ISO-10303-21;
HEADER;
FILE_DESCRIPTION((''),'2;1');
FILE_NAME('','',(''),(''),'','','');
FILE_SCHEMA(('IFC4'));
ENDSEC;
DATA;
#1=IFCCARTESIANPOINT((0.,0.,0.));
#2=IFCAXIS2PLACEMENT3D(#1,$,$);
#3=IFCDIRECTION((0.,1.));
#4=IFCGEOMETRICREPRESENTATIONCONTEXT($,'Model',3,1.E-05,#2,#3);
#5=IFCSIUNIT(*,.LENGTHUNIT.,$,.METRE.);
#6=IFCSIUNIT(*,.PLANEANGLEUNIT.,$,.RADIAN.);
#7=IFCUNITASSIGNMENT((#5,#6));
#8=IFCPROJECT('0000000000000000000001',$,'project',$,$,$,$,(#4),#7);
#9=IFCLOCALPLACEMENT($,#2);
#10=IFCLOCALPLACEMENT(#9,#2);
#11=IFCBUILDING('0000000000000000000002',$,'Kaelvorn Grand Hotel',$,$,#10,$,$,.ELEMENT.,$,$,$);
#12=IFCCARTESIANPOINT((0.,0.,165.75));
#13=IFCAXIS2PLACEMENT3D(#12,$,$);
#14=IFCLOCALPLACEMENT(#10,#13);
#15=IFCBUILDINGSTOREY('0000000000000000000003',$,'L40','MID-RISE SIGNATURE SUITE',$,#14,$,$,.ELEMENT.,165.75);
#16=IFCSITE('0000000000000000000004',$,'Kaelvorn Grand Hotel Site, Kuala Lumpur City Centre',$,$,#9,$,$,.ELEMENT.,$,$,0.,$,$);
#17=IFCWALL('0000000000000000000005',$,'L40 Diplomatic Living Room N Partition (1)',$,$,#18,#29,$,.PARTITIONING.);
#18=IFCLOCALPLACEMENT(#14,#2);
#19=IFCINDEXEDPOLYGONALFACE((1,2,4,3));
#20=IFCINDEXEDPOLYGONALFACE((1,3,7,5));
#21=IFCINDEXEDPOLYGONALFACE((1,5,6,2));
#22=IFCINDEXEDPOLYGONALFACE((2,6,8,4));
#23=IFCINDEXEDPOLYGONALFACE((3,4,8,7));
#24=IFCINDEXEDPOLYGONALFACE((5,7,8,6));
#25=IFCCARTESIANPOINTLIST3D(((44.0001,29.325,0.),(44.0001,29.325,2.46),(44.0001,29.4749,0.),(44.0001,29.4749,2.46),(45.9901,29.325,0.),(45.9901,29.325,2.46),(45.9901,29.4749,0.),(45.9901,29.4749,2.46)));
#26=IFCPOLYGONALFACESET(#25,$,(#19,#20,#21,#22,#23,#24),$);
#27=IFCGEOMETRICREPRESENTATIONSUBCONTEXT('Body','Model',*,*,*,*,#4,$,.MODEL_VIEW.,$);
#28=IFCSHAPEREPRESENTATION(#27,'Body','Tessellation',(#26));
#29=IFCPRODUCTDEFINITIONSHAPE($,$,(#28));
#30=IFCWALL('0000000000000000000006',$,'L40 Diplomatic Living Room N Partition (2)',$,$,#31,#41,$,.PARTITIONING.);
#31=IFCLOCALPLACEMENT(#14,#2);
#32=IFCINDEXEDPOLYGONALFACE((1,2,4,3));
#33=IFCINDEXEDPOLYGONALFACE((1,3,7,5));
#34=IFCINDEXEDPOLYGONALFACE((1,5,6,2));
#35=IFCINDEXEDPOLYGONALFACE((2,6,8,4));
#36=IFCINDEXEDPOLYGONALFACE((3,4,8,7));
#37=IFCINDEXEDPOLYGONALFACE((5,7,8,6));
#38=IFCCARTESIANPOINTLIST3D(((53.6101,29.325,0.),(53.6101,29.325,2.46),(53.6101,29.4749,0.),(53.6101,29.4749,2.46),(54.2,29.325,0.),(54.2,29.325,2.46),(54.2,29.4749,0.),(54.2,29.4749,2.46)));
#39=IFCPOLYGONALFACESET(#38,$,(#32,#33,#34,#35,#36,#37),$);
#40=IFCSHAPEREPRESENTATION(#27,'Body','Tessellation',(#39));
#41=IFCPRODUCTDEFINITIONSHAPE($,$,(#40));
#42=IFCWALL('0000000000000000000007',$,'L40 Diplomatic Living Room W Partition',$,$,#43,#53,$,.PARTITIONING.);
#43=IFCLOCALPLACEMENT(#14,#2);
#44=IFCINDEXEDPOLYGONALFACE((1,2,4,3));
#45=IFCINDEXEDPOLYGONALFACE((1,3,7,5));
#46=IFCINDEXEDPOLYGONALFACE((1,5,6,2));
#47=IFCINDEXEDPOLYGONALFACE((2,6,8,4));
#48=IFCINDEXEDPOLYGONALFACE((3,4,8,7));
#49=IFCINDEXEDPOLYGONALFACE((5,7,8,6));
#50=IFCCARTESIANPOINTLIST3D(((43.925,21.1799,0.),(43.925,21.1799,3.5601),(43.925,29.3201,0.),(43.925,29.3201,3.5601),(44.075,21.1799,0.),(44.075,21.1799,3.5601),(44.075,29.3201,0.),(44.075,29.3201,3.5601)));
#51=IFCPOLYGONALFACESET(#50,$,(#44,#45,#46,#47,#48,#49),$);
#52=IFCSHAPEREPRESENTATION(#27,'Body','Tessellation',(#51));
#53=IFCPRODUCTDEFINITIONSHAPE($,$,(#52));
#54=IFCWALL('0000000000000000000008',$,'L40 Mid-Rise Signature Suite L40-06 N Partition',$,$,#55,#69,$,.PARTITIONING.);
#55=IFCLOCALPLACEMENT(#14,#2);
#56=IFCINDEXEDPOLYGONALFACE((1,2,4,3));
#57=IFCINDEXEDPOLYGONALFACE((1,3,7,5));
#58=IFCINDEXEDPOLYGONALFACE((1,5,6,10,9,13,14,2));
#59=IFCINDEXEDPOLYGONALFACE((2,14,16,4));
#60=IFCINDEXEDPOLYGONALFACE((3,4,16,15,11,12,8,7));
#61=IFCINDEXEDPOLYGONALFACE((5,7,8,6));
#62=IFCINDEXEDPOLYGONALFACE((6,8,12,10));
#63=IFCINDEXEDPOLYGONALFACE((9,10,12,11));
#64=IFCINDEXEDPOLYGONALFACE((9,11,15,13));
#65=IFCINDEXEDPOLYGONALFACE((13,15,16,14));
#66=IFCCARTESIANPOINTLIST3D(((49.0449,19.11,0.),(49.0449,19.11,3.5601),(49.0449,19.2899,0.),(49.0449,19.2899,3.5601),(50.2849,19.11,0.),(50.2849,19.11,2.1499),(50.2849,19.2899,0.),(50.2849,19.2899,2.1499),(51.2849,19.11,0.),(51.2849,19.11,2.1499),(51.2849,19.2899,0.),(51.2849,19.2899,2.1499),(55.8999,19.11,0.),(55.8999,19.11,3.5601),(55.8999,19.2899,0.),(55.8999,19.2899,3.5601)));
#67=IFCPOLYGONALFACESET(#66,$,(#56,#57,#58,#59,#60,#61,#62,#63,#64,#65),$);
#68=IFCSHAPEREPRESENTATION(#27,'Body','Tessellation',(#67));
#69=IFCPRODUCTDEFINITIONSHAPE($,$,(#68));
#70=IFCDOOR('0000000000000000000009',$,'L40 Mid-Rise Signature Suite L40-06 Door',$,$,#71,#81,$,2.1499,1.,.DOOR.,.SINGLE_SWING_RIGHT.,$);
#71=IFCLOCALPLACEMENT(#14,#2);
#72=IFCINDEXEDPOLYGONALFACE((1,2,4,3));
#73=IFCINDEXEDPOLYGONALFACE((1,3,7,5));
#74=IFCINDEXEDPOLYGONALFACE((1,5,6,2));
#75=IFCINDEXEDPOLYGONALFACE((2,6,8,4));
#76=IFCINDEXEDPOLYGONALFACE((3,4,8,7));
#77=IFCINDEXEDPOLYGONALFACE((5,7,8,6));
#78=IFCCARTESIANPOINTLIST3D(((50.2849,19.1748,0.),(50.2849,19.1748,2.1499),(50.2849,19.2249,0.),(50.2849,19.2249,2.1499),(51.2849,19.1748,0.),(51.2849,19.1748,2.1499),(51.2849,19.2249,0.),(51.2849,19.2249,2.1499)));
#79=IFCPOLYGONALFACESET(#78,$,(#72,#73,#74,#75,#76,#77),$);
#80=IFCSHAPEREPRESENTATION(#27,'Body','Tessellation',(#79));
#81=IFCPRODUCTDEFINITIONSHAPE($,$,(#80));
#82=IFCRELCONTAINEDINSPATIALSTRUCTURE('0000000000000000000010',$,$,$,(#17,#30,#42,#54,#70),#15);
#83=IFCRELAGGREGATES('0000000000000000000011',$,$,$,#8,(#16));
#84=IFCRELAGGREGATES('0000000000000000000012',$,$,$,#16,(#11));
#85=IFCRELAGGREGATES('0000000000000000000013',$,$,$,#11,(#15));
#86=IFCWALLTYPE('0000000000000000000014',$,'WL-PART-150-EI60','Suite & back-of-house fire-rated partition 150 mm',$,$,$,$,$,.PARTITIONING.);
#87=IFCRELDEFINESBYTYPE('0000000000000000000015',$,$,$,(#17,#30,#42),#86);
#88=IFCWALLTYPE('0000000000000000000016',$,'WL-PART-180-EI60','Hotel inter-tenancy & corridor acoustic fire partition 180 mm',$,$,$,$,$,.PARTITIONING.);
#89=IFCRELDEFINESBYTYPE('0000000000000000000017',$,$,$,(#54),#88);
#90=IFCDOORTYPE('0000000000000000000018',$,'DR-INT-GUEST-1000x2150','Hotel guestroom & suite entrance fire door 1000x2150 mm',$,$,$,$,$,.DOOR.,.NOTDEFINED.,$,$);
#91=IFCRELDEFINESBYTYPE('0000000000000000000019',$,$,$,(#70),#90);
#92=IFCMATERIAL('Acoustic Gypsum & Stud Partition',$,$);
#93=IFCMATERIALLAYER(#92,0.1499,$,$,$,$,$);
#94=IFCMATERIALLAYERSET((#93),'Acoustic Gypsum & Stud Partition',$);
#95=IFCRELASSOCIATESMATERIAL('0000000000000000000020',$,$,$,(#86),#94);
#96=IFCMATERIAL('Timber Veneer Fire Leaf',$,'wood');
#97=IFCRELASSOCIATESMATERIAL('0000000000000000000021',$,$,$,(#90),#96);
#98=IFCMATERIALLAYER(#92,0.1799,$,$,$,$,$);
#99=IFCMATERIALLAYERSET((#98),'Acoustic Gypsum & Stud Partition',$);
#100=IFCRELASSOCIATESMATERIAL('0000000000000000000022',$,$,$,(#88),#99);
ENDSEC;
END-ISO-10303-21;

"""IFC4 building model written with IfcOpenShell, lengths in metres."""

from ifc_helpers import new_model, si_unit, direction, frame, frame_2d, origin, place, context, subcontext, project, spatial, rectangle, extrude, material, layer, layer_set, type_object, element, fill, save


model = new_model("IFC4")

# Units and contexts
model_context = context("Model", 3, precision=1e-05, world=origin(), true_north=direction((0.0, 1.0)))
body_context = subcontext(model_context, "Body", "Model", "MODEL_VIEW")
ifc_project = project(units=[si_unit("LENGTHUNIT", "METRE"), si_unit("PLANEANGLEUNIT", "RADIAN")], contexts=[model_context])

# Site, building, storey
site_placement = place(None, origin())
site = spatial("IfcSite", under=ifc_project, at=site_placement, Name="Kaelvorn Grand Hotel Site, Kuala Lumpur City Centre", CompositionType="ELEMENT", RefElevation=0.0)
building_placement = place(site_placement, origin())
building = spatial("IfcBuilding", under=site, at=building_placement, Name="Kaelvorn Grand Hotel", CompositionType="ELEMENT")
storey_placement = place(building_placement, frame((0.0, 0.0, 165.75)))
storey = spatial("IfcBuildingStorey", under=building, at=storey_placement, Name="L40", Description="MID-RISE SIGNATURE SUITE", CompositionType="ELEMENT", Elevation=165.75)

# Shared definitions
ifc_material_1 = material(Name="Acoustic Gypsum & Stud Partition")
ifc_layer_1 = layer(ifc_material_1, 0.1499)
ifc_layer_set_1 = layer_set([ifc_layer_1], Name="Acoustic Gypsum & Stud Partition")
wall_type_1 = type_object("IfcWallType", Name="WL-PART-150-EI60", Description="Suite & back-of-house fire-rated partition 150 mm", PredefinedType="PARTITIONING", material=ifc_layer_set_1)
ifc_material_2 = material(Name="Timber Veneer Fire Leaf", Category="wood")
door_type_1 = type_object("IfcDoorType", Name="DR-INT-GUEST-1000x2150", Description="Hotel guestroom & suite entrance fire door 1000x2150 mm", OperationType="NOTDEFINED", PredefinedType="DOOR", material=ifc_material_2)

# Walls
wall_1_placement = place(storey_placement, frame((44.0, 29.3999, 0.0), z_axis=(0.0, 0.0, 1.0), x_axis=(1.0, 0.0, 0.0)))
element("IfcWall", 1, at=wall_1_placement, inside=storey, type_object=wall_type_1, Name="L40 Diplomatic Living Room N Partition (1)", PredefinedType="PARTITIONING", context=body_context, shape_type="SweptSolid", body=[
    extrude(rectangle(XDim=1.99, YDim=0.1499, at=frame_2d((0.9951, 0.0))), origin(), (0.0, 0.0, 1.0), 2.46),
])
wall_2_placement = place(storey_placement, frame((53.6101, 29.3999, 0.0), z_axis=(0.0, 0.0, 1.0), x_axis=(1.0, 0.0, 0.0)))
element("IfcWall", 2, at=wall_2_placement, inside=storey, type_object=wall_type_1, Name="L40 Diplomatic Living Room N Partition (2)", PredefinedType="PARTITIONING", context=body_context, shape_type="SweptSolid", body=[
    extrude(rectangle(XDim=0.5898, YDim=0.1499, at=frame_2d((0.2949, 0.0))), origin(), (0.0, 0.0, 1.0), 2.46),
])
wall_3_placement = place(storey_placement, frame((44.0, 21.1799, 0.0), z_axis=(0.0, 0.0, 1.0), x_axis=(0.0, 1.0, 0.0)))
element("IfcWall", 3, at=wall_3_placement, inside=storey, type_object=wall_type_1, Name="L40 Diplomatic Living Room W Partition", PredefinedType="PARTITIONING", context=body_context, shape_type="SweptSolid", body=[
    extrude(rectangle(XDim=8.1401, YDim=0.1499, at=frame_2d((4.0701, 0.0))), origin(), (0.0, 0.0, 1.0), 3.5601),
])

# Wall, opening, door
ifc_layer_2 = layer(ifc_material_1, 0.1799)
ifc_layer_set_2 = layer_set([ifc_layer_2], Name="Acoustic Gypsum & Stud Partition")
wall_type_2 = type_object("IfcWallType", Name="WL-PART-180-EI60", Description="Hotel inter-tenancy & corridor acoustic fire partition 180 mm", PredefinedType="PARTITIONING", material=ifc_layer_set_2)
wall_4_placement = place(storey_placement, frame((49.0449, 19.2, 0.0), z_axis=(0.0, 0.0, 1.0), x_axis=(1.0, 0.0, 0.0)))
wall_4 = element("IfcWall", 4, at=wall_4_placement, inside=storey, type_object=wall_type_2, Name="L40 Mid-Rise Signature Suite L40-06 N Partition", PredefinedType="PARTITIONING", context=body_context, shape_type="SweptSolid", body=[
    extrude(rectangle(XDim=6.855, YDim=0.1799, at=frame_2d((3.4275, 0.0))), origin(), (0.0, 0.0, 1.0), 3.5601),
])
opening_1_placement = place(wall_4_placement, frame((1.24, 0.0, 0.0)))
opening_1 = element("IfcOpeningElement", 5, at=opening_1_placement, cuts=wall_4, PredefinedType="OPENING", context=body_context, shape_type="SweptSolid", body=[
    extrude(rectangle(XDim=1.0, YDim=2.1499, at=frame_2d((0.5, 1.075))), frame((0.0, 0.1001, 0.0), z_axis=(0.0, -1.0, 0.0), x_axis=(1.0, 0.0, 0.0)), (0.0, 0.0, 1.0), 0.2),
])
door_1_placement = place(opening_1_placement, origin())
door_1 = element("IfcDoor", 6, at=door_1_placement, inside=storey, type_object=door_type_1, Name="L40 Mid-Rise Signature Suite L40-06 Door", OperationType="SINGLE_SWING_RIGHT", OverallHeight=2.1499, OverallWidth=1.0, PredefinedType="DOOR", context=body_context, shape_type="SweptSolid", body=[
    extrude(rectangle(XDim=1.0, YDim=2.1499, at=frame_2d((0.5, 1.075))), frame((0.0, 0.0249, 0.0), z_axis=(0.0, -1.0, 0.0), x_axis=(1.0, 0.0, 0.0)), (0.0, 0.0, 1.0), 0.05),
])
fill(opening_1, door_1)

save(model, "model.ifc")
